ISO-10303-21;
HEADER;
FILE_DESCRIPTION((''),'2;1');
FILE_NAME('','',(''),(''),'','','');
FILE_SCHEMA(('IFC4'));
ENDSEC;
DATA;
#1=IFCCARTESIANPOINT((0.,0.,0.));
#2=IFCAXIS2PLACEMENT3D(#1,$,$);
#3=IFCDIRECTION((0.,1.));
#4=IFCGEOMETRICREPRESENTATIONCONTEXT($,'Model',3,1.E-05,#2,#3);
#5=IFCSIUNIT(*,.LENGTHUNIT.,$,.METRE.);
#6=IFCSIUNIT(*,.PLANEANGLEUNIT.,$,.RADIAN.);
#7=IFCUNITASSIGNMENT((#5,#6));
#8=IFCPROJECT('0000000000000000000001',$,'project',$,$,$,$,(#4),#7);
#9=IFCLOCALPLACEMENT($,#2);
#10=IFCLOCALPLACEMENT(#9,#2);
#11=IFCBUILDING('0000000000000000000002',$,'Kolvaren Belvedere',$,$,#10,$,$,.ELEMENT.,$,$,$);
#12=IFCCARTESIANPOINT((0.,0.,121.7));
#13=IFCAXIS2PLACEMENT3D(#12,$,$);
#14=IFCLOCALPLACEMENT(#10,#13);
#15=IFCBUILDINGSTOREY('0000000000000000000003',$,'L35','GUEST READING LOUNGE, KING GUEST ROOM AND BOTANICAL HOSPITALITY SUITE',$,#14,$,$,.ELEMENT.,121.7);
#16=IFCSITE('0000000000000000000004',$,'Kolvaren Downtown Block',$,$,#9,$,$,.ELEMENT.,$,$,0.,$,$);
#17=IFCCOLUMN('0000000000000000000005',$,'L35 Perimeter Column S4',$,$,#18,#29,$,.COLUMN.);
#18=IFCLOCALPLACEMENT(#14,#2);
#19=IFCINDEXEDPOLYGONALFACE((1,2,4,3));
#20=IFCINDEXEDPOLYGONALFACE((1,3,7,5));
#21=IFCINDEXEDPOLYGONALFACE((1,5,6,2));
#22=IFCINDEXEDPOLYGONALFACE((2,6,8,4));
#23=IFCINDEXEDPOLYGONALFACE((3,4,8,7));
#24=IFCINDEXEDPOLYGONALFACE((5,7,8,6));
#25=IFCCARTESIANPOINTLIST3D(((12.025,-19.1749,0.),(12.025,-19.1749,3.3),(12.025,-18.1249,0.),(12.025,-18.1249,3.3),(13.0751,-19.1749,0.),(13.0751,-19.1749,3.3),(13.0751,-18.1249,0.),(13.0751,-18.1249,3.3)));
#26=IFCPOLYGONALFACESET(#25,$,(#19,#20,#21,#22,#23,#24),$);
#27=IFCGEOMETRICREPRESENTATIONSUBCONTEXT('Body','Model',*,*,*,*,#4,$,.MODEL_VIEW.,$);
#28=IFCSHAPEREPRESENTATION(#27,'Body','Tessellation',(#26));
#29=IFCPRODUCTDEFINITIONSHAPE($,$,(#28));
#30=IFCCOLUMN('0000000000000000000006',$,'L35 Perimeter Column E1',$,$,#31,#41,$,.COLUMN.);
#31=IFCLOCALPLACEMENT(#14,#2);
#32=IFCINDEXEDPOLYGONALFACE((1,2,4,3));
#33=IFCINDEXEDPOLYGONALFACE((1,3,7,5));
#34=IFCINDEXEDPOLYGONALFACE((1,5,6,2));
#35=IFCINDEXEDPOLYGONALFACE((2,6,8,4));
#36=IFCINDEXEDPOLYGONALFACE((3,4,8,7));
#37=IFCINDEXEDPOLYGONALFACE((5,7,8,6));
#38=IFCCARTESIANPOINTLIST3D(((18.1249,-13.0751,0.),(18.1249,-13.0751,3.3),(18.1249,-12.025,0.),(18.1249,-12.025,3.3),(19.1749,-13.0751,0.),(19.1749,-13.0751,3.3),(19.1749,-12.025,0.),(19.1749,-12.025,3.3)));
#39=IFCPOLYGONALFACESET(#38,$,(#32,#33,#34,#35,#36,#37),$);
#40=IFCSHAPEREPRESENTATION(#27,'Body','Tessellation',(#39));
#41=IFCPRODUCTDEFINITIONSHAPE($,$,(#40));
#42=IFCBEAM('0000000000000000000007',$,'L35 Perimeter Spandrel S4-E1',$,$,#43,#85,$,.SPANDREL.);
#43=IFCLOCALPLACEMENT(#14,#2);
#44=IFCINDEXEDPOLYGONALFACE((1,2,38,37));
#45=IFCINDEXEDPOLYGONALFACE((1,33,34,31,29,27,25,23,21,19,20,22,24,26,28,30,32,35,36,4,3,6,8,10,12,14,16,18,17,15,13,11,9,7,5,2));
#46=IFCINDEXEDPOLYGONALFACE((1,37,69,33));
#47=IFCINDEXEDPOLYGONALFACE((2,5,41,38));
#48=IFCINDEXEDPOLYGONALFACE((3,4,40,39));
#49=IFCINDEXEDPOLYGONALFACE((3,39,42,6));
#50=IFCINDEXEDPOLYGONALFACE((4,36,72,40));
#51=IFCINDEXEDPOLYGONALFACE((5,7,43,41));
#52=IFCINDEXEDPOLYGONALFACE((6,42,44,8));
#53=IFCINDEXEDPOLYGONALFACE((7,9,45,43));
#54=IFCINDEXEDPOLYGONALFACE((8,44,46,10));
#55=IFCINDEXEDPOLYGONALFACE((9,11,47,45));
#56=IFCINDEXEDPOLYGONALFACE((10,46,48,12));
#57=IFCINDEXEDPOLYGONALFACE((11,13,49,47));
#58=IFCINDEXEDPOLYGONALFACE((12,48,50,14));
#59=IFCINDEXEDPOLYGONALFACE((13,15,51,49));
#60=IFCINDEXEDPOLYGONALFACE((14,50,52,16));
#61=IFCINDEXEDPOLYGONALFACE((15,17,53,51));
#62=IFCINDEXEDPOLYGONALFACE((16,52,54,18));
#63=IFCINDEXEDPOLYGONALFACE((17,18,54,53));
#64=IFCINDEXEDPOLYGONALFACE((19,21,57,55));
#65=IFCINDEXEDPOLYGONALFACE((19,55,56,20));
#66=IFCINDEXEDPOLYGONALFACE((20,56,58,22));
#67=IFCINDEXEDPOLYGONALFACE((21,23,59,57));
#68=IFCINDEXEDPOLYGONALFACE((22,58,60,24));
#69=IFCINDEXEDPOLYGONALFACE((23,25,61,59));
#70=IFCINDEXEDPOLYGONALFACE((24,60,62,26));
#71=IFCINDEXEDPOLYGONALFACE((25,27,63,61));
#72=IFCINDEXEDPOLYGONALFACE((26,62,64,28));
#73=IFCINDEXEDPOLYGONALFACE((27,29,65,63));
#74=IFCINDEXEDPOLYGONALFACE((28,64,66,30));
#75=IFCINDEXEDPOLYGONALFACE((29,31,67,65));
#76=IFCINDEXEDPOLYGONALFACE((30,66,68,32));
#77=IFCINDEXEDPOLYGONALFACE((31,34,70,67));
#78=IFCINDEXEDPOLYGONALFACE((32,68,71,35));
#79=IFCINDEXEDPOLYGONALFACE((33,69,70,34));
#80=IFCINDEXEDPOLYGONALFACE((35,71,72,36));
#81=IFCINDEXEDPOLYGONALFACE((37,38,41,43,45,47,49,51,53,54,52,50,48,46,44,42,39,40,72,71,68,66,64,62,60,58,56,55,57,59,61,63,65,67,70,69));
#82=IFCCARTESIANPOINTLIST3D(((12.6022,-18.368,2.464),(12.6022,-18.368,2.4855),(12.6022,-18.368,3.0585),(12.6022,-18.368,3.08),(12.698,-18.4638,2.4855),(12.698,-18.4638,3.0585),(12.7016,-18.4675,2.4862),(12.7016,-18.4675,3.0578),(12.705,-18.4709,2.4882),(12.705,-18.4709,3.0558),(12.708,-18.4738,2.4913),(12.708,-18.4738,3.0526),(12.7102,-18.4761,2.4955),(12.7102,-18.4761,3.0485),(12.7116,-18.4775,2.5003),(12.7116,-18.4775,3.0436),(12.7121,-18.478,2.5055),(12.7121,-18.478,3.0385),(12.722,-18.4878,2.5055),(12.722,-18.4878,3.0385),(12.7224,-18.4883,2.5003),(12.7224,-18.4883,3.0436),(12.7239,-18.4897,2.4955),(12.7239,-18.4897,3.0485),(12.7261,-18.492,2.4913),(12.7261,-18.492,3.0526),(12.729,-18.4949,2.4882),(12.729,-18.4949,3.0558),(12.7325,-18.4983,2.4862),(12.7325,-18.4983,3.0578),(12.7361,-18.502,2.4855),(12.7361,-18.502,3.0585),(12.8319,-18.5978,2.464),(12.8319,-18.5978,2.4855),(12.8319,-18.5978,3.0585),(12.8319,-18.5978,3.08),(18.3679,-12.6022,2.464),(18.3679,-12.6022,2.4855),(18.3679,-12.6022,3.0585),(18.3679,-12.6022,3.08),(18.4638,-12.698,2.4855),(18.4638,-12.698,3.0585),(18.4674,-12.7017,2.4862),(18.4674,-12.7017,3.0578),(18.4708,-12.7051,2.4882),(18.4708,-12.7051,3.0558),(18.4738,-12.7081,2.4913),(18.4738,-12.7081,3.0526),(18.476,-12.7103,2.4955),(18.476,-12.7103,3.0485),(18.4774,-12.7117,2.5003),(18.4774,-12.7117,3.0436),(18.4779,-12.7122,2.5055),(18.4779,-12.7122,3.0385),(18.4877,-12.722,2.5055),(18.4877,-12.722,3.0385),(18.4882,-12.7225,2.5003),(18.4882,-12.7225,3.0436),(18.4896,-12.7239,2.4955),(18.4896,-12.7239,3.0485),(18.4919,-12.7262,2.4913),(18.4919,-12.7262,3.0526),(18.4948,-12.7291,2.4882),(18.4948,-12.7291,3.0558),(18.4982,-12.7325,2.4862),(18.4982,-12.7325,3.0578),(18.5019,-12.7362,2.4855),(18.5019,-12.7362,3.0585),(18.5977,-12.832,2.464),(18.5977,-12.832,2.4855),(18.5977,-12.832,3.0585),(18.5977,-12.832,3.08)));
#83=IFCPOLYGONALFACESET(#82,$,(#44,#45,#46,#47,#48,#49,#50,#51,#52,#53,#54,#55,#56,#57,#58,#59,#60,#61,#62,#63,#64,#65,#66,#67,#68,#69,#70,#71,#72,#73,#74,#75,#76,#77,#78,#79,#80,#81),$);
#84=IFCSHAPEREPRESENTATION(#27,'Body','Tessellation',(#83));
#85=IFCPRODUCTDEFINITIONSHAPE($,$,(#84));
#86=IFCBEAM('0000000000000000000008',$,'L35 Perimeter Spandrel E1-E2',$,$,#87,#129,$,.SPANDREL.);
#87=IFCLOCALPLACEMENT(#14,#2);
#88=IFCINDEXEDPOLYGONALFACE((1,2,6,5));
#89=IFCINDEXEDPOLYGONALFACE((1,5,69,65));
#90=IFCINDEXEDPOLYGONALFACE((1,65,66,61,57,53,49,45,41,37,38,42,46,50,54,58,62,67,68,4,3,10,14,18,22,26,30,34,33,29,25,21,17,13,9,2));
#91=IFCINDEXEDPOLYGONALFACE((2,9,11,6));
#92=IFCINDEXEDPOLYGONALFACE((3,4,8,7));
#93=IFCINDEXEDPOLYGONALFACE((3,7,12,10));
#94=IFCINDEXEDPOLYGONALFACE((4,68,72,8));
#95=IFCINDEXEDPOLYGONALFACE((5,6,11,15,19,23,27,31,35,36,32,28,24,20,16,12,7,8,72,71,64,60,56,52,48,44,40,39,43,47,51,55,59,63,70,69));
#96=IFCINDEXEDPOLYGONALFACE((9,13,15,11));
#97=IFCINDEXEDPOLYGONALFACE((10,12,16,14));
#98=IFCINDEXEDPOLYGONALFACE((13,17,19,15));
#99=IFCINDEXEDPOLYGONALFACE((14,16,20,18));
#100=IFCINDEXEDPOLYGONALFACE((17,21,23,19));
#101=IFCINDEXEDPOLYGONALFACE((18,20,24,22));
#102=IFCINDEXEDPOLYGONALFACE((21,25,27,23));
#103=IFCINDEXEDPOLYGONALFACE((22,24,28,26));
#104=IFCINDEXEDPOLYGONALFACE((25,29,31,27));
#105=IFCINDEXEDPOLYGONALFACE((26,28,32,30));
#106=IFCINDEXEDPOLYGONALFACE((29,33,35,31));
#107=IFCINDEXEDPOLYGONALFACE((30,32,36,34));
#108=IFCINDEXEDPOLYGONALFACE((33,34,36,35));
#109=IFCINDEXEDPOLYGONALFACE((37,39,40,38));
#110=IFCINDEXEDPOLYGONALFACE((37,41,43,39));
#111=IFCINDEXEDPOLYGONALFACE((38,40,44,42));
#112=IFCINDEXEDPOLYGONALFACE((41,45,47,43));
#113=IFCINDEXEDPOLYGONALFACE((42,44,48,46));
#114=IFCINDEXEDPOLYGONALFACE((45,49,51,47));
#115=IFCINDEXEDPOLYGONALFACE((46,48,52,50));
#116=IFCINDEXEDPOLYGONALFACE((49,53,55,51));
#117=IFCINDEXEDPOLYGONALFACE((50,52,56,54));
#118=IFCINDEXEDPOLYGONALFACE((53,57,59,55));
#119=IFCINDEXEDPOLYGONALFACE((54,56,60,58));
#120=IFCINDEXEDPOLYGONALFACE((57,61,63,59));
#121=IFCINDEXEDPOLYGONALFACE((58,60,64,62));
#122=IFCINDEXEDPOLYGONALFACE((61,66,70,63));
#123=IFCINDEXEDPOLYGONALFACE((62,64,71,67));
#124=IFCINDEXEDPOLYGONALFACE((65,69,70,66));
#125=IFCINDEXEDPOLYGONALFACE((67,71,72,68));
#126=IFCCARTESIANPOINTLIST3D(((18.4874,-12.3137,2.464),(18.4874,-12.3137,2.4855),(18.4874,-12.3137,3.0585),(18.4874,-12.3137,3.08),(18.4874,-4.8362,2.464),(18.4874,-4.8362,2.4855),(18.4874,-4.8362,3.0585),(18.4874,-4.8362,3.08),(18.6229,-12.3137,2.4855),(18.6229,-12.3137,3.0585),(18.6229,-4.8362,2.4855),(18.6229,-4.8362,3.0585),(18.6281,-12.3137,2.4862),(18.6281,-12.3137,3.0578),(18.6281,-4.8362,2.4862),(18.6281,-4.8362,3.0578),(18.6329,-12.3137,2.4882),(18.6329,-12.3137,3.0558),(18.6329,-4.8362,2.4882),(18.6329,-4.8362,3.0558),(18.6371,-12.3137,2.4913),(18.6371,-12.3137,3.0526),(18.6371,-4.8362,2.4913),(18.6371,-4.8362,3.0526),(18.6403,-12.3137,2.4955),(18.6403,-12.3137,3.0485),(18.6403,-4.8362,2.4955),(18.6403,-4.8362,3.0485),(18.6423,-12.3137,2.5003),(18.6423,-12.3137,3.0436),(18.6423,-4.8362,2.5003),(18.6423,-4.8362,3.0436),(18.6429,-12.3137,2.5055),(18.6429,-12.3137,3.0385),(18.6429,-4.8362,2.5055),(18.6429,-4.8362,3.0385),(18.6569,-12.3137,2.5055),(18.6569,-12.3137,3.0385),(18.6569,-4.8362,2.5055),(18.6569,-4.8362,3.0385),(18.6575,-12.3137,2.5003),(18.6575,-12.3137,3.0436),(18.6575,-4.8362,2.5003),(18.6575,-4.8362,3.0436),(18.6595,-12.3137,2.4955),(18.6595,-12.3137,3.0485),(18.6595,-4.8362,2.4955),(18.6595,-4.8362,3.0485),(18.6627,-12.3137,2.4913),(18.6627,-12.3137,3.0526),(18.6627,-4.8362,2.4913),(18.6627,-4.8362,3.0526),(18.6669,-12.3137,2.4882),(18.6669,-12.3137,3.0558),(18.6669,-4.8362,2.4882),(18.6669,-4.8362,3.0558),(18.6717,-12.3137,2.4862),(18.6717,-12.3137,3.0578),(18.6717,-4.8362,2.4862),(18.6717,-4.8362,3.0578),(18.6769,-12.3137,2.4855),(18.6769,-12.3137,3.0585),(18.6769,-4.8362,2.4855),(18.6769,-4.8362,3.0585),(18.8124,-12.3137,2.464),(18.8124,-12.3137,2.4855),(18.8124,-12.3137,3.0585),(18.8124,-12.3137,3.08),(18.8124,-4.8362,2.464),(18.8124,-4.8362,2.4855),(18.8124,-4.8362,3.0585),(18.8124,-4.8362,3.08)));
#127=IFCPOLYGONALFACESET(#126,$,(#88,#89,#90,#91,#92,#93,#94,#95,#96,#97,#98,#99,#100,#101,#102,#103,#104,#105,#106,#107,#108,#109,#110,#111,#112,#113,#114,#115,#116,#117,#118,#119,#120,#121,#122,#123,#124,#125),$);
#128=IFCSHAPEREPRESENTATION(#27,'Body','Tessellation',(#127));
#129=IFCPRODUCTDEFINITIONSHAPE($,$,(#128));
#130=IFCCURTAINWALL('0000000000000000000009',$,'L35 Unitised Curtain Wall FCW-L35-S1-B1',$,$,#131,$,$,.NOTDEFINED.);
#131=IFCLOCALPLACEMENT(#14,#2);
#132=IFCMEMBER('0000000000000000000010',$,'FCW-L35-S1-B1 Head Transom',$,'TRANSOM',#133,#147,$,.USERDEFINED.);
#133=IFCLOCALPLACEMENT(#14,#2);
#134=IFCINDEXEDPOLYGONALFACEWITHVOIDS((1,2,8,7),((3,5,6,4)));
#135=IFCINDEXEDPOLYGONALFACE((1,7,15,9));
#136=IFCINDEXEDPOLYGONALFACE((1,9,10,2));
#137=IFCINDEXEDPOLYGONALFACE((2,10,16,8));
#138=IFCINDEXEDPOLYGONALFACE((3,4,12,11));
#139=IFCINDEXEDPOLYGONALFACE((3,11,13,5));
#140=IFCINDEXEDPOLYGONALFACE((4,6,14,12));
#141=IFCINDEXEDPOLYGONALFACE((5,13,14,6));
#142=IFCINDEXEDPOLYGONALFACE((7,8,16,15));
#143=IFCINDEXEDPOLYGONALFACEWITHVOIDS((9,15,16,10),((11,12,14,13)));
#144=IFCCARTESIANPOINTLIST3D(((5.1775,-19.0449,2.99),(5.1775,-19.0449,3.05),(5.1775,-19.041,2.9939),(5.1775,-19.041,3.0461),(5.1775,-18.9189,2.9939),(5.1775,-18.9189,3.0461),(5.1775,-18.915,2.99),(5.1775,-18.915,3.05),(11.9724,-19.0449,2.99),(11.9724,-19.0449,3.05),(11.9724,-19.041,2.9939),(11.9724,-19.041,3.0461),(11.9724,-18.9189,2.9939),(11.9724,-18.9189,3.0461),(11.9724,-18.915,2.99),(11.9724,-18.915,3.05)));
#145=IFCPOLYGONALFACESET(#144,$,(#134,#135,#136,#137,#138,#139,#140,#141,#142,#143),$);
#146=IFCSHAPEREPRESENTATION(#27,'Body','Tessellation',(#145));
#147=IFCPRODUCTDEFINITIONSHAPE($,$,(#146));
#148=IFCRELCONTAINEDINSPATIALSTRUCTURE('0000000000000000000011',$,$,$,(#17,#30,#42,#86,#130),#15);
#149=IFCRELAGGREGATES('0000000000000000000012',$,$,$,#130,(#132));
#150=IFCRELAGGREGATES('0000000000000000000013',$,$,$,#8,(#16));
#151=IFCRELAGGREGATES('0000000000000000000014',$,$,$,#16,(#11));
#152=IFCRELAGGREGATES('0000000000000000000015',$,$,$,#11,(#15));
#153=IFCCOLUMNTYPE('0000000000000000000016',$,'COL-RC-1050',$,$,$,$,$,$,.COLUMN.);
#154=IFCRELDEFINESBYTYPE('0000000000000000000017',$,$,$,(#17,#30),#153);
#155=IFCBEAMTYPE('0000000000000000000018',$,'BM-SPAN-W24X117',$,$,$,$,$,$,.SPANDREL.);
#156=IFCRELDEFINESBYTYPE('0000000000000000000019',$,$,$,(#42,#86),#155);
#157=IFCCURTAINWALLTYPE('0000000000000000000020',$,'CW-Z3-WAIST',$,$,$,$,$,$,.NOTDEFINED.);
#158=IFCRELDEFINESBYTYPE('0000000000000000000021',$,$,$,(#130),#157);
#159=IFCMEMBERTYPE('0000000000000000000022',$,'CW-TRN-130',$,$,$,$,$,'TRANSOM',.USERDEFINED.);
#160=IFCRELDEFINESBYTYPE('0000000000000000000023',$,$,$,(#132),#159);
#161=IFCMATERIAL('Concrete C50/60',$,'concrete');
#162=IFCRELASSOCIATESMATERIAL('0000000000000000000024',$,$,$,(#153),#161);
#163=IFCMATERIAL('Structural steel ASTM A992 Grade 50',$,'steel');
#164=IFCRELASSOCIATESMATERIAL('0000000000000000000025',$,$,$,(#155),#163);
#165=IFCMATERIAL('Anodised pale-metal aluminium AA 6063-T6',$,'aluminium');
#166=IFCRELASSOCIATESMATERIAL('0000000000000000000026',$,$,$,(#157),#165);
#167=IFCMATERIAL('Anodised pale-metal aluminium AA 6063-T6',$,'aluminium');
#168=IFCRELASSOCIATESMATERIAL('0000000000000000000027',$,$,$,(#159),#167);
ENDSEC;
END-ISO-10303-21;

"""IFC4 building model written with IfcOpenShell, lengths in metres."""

from ifc_helpers import new_model, si_unit, direction, frame, origin, origin_2d, place, context, subcontext, project, spatial, rectangle, hollow_rectangle, i_section, extrude, material, material_profile, profile_set, type_object, element, aggregate, save


model = new_model("IFC4")

# Units and contexts
model_context = context("Model", 3, precision=1e-05, world=origin(), true_north=direction((0.0, 1.0)))
body_context = subcontext(model_context, "Body", "Model", "MODEL_VIEW")
ifc_project = project(units=[si_unit("LENGTHUNIT", "METRE"), si_unit("PLANEANGLEUNIT", "RADIAN")], contexts=[model_context])

# Site, building, storey
site_placement = place(None, origin())
site = spatial("IfcSite", under=ifc_project, at=site_placement, Name="Kolvaren Downtown Block", CompositionType="ELEMENT", RefElevation=0.0)
building_placement = place(site_placement, origin())
building = spatial("IfcBuilding", under=site, at=building_placement, Name="Kolvaren Belvedere", CompositionType="ELEMENT")
storey_placement = place(building_placement, frame((0.0, 0.0, 121.7)))
storey = spatial("IfcBuildingStorey", under=building, at=storey_placement, Name="L35", Description="GUEST READING LOUNGE, KING GUEST ROOM AND BOTANICAL HOSPITALITY SUITE", CompositionType="ELEMENT", Elevation=121.7)

# Columns
ifc_material_1 = material(Name="Concrete C50/60", Category="concrete")
ifc_material_profile_1 = material_profile(ifc_material_1, rectangle(XDim=1.05, YDim=1.05, at=origin_2d()), Name="RC 1050X1050")
ifc_profile_set_1 = profile_set([ifc_material_profile_1], Name="Concrete C50/60")
column_type = type_object("IfcColumnType", Name="COL-RC-1050", PredefinedType="COLUMN", material=ifc_profile_set_1)
for number, where, z_axis, x_axis, name in (
    (1, (12.55, -18.6499, 0.0), (0.0, 0.0, 1.0), (1.0, 0.0, 0.0), "L35 Perimeter Column S4"),
    (2, (18.6499, -12.55, 0.0), (0.0, 0.0, 1.0), (1.0, 0.0, 0.0), "L35 Perimeter Column E1"),
):
    element("IfcColumn", number, at=place(storey_placement, frame(where, z_axis=z_axis, x_axis=x_axis)), inside=storey, type_object=column_type, Name=name, PredefinedType="COLUMN", context=body_context, shape_type="SweptSolid", body=[
        extrude(rectangle(XDim=1.05, YDim=1.05, at=origin_2d()), origin(), (0.0, 0.0, 1.0), 3.3),
    ])

# Beams
ifc_material_2 = material(Name="Structural steel ASTM A992 Grade 50", Category="steel")
ifc_material_profile_2 = material_profile(ifc_material_2, i_section(OverallWidth=0.325, OverallDepth=0.616, WebThickness=0.0139, FlangeThickness=0.0215, FilletRadius=0.02, at=origin_2d()), Name="W24X117")
ifc_profile_set_2 = profile_set([ifc_material_profile_2], Name="Structural steel ASTM A992 Grade 50")
beam_type = type_object("IfcBeamType", Name="BM-SPAN-W24X117", PredefinedType="SPANDREL", material=ifc_profile_set_2)
beam_1_placement = place(storey_placement, frame((12.717, -18.4829, 2.772), z_axis=(0.707107, 0.707107, 0.0), x_axis=(-0.707107, 0.707107, 0.0)))
element("IfcBeam", 3, at=beam_1_placement, inside=storey, type_object=beam_type, Name="L35 Perimeter Spandrel S4-E1", PredefinedType="SPANDREL", context=body_context, shape_type="SweptSolid", body=[
    extrude(i_section(OverallWidth=0.325, OverallDepth=0.616, WebThickness=0.0139, FlangeThickness=0.0215, FilletRadius=0.02, at=origin_2d()), origin(), (0.0, 0.0, 1.0), 8.1541),
])
beam_2_placement = place(storey_placement, frame((18.6499, -12.3137, 2.772), z_axis=(0.0, 1.0, 0.0), x_axis=(-1.0, 0.0, 0.0)))
element("IfcBeam", 4, at=beam_2_placement, inside=storey, type_object=beam_type, Name="L35 Perimeter Spandrel E1-E2", PredefinedType="SPANDREL", context=body_context, shape_type="SweptSolid", body=[
    extrude(i_section(OverallWidth=0.325, OverallDepth=0.616, WebThickness=0.0139, FlangeThickness=0.0215, FilletRadius=0.02, at=origin_2d()), origin(), (0.0, 0.0, 1.0), 7.4775),
])

# Curtain wall, member
ifc_material_3 = material(Name="Anodised pale-metal aluminium AA 6063-T6", Category="aluminium")
curtain_wall_type = type_object("IfcCurtainWallType", Name="CW-Z3-WAIST", PredefinedType="NOTDEFINED", material=ifc_material_3)
curtain_wall_placement = place(storey_placement, origin())
curtain_wall = element("IfcCurtainWall", 5, at=curtain_wall_placement, inside=storey, type_object=curtain_wall_type, Name="L35 Unitised Curtain Wall FCW-L35-S1-B1", PredefinedType="NOTDEFINED")
ifc_material_4 = material(Name="Anodised pale-metal aluminium AA 6063-T6", Category="aluminium")
ifc_material_profile_3 = material_profile(ifc_material_4, hollow_rectangle(XDim=0.0601, YDim=0.1299, WallThickness=0.0039, at=origin_2d()), Name="ALU-TRN-130X60")
ifc_profile_set_3 = profile_set([ifc_material_profile_3], Name="Anodised pale-metal aluminium AA 6063-T6")
member_type = type_object("IfcMemberType", Name="CW-TRN-130", ElementType="TRANSOM", PredefinedType="USERDEFINED", material=ifc_profile_set_3)
member_placement = place(storey_placement, frame((11.9724, -18.98, 3.02), z_axis=(-1.0, 0.0, 0.0), x_axis=(0.0, 0.0, 1.0)))
member = element("IfcMember", 6, at=member_placement, type_object=member_type, Name="FCW-L35-S1-B1 Head Transom", ObjectType="TRANSOM", PredefinedType="USERDEFINED", context=body_context, shape_type="SweptSolid", body=[
    extrude(hollow_rectangle(XDim=0.0601, YDim=0.1299, WallThickness=0.0039, at=origin_2d()), origin(), (0.0, 0.0, 1.0), 6.7949),
])
aggregate(curtain_wall, [member])

save(model, "model.ifc")
